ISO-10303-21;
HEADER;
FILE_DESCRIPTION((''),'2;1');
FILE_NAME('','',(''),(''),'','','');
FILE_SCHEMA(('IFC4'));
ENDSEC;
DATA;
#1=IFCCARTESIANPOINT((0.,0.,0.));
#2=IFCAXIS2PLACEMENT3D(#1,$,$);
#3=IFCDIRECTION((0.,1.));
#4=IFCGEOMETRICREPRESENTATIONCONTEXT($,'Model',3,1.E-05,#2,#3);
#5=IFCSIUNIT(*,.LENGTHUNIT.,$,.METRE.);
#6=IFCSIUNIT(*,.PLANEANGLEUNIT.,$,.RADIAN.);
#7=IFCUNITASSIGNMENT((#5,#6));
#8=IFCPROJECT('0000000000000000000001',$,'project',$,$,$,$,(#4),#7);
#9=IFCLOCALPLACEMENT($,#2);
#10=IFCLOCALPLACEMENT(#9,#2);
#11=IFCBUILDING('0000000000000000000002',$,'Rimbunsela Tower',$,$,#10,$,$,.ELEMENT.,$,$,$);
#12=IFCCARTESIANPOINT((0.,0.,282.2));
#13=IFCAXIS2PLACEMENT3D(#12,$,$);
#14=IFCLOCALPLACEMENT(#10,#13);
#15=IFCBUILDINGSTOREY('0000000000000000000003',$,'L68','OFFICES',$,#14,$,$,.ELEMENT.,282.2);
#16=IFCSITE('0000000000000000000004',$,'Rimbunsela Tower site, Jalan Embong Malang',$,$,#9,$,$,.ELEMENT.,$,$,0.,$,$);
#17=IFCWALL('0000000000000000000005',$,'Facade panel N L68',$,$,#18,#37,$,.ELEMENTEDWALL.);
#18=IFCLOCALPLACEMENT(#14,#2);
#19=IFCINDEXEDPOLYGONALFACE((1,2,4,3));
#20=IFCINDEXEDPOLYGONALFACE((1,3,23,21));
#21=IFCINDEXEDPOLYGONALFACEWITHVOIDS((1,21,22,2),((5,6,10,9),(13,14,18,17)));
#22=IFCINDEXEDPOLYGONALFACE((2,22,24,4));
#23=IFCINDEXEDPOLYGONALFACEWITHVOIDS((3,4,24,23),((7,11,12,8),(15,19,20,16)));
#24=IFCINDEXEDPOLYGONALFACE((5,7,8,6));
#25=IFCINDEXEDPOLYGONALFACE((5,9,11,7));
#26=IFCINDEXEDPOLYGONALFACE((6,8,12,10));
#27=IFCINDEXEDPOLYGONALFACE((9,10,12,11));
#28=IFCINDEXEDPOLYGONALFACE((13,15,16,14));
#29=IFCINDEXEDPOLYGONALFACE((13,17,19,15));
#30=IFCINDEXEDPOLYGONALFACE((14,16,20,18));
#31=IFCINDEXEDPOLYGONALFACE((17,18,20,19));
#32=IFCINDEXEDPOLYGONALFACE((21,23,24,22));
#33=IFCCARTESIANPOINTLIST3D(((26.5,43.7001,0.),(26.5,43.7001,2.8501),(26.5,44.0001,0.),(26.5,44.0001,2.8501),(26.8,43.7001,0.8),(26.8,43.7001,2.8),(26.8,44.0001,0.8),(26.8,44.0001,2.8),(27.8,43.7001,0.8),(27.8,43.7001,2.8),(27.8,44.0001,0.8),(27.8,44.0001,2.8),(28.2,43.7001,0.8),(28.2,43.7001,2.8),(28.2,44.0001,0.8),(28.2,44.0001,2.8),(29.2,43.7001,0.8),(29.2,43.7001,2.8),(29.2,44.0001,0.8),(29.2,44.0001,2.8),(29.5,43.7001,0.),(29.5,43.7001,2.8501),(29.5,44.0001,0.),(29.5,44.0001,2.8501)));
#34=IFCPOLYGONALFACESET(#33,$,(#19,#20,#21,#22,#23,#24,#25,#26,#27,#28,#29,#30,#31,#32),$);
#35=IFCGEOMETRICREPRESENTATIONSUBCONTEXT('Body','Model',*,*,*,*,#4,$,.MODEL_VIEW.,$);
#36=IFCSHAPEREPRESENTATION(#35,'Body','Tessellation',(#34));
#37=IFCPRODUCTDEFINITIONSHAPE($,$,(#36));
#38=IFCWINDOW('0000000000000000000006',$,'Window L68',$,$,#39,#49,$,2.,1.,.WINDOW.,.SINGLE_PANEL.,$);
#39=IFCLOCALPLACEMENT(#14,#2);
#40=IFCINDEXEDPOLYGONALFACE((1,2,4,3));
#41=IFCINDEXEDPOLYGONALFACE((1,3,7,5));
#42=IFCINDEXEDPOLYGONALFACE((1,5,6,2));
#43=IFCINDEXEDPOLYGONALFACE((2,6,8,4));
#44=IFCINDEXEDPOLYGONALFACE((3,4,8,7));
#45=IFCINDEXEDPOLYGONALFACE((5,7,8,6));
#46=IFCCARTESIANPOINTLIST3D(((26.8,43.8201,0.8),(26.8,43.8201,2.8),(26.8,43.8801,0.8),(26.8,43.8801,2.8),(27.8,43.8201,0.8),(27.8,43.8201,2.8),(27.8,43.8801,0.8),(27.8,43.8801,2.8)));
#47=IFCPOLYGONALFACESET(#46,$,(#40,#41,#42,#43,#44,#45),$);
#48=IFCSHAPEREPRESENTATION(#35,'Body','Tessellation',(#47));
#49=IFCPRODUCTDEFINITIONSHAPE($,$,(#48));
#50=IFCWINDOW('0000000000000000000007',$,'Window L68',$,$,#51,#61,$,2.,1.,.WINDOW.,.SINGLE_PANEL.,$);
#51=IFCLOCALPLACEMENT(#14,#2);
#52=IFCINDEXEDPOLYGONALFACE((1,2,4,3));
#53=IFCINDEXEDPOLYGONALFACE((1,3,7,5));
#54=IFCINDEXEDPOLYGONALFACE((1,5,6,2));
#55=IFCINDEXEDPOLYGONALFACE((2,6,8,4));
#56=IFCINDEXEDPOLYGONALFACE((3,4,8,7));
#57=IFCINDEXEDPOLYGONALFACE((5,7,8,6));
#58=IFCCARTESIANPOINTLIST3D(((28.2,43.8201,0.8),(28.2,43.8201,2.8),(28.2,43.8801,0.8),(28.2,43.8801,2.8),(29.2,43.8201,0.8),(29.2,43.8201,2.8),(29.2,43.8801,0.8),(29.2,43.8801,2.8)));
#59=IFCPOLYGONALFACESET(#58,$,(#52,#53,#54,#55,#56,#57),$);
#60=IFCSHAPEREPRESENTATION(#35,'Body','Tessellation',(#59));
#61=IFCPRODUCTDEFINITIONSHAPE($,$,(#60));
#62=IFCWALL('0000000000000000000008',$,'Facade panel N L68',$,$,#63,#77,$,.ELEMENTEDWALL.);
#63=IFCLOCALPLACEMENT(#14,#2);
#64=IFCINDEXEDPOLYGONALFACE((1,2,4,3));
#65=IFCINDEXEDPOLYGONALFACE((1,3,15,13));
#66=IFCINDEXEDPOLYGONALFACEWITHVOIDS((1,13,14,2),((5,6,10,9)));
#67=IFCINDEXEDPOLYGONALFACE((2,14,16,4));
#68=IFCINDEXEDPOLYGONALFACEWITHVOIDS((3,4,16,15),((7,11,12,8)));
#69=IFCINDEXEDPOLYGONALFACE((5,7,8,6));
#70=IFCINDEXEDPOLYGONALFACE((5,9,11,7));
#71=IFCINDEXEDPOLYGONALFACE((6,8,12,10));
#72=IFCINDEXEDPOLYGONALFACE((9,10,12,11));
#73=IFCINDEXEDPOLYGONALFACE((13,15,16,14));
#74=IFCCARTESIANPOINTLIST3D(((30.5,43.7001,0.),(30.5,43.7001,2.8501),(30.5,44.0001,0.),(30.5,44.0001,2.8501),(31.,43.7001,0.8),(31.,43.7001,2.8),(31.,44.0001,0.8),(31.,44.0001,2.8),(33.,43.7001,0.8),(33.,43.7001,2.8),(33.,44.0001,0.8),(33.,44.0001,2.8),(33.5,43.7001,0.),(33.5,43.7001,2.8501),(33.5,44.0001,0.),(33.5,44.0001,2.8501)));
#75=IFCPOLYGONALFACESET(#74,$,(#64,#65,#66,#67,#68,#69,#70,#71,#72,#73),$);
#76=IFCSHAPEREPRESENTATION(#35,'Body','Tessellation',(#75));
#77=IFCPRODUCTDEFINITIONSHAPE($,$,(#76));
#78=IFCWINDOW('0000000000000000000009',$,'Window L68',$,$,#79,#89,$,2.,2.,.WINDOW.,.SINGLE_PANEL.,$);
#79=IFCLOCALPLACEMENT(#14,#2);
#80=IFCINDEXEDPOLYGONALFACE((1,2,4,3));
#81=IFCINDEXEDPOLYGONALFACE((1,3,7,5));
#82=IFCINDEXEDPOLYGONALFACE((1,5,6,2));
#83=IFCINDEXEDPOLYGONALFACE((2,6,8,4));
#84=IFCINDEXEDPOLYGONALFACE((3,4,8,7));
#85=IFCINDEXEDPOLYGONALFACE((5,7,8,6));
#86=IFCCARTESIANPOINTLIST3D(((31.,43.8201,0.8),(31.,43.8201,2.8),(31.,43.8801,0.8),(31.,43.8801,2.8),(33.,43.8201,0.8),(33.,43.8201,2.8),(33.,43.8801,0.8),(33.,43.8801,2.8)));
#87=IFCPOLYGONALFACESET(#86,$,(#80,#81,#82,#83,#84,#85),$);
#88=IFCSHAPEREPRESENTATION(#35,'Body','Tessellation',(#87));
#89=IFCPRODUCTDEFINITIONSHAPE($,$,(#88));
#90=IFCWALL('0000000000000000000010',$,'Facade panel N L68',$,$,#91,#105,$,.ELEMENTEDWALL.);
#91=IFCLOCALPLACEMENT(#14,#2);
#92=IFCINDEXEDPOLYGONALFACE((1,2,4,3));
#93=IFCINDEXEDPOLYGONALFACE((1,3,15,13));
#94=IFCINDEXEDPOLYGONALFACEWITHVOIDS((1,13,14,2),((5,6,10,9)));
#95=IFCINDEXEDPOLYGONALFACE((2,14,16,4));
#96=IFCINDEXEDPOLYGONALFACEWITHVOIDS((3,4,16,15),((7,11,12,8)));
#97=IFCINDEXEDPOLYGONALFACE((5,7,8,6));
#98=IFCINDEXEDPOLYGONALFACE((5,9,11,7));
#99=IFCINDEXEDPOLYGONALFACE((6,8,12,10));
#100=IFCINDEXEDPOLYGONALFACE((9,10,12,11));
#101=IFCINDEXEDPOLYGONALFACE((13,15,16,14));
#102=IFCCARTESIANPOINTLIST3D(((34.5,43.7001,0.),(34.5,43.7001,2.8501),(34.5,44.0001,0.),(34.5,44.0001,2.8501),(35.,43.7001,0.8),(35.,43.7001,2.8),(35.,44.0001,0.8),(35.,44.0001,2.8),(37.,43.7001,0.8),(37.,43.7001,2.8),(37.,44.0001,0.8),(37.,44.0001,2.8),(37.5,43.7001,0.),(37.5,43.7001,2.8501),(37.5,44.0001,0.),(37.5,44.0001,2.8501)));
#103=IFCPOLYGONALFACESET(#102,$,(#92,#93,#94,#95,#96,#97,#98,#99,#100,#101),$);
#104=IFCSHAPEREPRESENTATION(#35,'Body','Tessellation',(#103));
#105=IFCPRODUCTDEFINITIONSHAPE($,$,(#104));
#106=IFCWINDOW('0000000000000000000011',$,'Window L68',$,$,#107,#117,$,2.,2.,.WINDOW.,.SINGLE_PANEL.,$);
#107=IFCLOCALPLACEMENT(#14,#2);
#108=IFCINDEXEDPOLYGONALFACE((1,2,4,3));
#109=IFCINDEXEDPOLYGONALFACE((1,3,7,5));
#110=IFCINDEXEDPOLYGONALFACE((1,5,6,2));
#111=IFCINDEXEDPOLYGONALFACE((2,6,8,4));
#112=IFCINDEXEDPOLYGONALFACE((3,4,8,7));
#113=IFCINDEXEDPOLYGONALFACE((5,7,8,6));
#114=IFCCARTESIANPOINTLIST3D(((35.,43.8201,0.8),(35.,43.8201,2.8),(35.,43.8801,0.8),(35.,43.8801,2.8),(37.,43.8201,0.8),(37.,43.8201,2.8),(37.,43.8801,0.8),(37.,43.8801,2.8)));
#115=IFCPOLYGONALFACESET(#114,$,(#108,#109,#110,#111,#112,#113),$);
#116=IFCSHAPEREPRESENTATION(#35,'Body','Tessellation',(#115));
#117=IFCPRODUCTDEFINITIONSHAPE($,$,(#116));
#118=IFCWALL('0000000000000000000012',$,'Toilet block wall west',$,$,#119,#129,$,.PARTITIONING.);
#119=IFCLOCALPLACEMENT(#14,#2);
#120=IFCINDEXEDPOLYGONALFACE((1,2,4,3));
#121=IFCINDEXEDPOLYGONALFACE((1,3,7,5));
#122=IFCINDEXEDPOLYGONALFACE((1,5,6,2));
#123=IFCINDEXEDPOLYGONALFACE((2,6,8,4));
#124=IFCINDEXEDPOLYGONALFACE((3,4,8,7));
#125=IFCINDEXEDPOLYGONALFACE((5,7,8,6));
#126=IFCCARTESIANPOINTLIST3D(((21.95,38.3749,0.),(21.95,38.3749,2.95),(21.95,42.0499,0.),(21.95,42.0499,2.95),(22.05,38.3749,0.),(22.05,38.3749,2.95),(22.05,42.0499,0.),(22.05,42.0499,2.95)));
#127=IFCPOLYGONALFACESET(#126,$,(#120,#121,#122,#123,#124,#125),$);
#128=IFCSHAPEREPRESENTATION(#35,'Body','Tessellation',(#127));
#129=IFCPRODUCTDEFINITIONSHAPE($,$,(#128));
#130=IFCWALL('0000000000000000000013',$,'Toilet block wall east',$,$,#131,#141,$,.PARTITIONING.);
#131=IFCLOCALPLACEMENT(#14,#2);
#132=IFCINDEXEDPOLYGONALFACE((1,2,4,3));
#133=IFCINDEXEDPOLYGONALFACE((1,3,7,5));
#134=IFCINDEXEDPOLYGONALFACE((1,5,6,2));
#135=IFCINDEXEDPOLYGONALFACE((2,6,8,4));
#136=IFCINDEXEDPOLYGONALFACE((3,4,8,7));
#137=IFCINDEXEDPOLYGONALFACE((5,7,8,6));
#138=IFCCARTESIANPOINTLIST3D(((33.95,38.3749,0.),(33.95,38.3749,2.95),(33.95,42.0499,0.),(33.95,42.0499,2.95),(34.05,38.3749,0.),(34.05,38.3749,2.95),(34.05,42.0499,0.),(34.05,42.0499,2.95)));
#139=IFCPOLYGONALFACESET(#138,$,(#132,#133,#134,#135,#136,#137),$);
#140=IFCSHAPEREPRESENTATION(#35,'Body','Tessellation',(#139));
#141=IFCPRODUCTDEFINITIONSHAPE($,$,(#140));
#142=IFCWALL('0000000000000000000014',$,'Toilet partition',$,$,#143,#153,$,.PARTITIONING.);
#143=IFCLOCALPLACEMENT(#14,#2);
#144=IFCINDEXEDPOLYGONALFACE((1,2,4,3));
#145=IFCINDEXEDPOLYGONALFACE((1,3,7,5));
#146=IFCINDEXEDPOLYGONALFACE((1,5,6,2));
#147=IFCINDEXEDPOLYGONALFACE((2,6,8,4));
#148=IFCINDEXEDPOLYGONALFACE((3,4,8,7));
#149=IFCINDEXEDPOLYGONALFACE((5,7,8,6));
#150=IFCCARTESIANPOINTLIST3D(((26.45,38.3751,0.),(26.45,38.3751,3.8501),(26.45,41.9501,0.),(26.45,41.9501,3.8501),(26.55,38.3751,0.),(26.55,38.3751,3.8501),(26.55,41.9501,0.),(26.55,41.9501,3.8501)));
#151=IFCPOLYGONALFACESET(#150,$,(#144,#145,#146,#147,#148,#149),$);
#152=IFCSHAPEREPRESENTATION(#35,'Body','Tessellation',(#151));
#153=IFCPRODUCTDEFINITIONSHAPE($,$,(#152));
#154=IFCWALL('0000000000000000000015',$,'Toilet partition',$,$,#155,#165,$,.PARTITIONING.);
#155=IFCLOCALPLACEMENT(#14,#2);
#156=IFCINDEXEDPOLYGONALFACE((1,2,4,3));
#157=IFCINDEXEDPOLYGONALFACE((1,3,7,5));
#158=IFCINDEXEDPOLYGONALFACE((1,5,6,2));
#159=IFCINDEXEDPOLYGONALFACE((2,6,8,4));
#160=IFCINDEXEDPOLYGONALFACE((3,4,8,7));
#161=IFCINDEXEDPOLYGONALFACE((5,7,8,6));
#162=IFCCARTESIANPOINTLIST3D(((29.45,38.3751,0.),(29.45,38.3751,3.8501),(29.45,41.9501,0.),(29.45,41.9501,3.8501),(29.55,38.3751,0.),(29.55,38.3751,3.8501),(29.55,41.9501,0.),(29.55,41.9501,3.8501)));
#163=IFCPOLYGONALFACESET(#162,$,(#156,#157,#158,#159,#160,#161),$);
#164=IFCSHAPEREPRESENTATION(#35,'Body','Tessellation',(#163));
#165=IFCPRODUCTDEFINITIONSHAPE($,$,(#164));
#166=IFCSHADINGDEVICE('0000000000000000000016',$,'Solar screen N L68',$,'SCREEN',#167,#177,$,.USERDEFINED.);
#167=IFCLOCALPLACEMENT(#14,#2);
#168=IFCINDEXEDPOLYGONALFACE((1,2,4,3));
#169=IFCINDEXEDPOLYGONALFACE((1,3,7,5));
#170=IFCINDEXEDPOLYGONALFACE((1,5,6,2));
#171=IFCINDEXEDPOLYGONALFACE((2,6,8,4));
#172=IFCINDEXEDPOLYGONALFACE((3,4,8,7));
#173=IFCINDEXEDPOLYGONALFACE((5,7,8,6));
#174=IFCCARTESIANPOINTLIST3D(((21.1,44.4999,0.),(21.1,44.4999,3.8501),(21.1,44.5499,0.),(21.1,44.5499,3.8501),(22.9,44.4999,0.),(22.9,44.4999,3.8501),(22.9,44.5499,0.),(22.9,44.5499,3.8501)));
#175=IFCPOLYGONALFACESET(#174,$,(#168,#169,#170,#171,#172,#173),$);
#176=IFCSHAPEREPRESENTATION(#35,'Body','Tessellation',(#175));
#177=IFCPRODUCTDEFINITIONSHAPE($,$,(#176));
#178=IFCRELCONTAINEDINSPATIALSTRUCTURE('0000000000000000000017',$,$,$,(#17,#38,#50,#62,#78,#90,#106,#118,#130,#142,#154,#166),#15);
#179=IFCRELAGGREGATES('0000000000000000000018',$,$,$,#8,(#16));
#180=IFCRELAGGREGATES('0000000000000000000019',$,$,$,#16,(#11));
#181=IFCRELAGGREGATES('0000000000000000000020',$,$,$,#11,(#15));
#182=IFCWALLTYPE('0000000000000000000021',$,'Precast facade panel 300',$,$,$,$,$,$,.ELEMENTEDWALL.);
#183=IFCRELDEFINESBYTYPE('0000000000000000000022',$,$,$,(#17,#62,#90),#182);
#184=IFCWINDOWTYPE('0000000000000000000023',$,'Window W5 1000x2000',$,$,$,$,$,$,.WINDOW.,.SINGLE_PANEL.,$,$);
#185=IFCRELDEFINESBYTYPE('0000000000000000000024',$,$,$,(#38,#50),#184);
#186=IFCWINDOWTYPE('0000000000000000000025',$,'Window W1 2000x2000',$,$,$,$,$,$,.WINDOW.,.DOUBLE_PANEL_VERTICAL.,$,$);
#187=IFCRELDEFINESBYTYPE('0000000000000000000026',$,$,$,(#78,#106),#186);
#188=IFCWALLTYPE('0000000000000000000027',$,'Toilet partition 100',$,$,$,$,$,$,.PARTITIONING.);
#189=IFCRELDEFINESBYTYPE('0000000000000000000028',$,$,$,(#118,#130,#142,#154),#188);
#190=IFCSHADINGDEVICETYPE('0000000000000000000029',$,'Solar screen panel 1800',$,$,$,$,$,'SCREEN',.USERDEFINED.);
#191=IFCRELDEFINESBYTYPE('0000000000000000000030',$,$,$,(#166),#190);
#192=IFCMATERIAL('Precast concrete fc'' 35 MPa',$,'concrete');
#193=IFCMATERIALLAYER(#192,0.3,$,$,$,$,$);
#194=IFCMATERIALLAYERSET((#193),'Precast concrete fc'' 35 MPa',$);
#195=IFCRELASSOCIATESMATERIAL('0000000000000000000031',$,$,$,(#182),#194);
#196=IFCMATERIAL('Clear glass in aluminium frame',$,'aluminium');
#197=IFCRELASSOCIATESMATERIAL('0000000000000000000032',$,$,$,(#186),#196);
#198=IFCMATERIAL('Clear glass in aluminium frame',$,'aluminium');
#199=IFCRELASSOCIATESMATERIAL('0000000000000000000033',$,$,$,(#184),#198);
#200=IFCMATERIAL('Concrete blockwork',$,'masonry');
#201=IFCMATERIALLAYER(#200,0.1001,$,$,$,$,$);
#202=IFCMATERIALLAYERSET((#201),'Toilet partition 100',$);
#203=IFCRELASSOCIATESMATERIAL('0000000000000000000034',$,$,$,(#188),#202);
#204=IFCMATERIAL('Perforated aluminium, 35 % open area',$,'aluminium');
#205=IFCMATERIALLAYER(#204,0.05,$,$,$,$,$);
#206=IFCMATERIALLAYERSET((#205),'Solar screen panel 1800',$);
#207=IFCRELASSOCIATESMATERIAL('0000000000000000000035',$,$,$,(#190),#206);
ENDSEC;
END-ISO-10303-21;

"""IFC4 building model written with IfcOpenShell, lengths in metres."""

from ifc_helpers import new_model, si_unit, direction, frame, frame_2d, origin, origin_2d, place, context, subcontext, project, spatial, rectangle, extrude, material, layer, layer_set, type_object, element, fill, save


model = new_model("IFC4")

# Units and contexts
model_context = context("Model", 3, precision=1e-05, world=origin(), true_north=direction((0.0, 1.0)))
body_context = subcontext(model_context, "Body", "Model", "MODEL_VIEW")
ifc_project = project(units=[si_unit("LENGTHUNIT", "METRE"), si_unit("PLANEANGLEUNIT", "RADIAN")], contexts=[model_context])

# Site, building, storey
site_placement = place(None, origin())
site = spatial("IfcSite", under=ifc_project, at=site_placement, Name="Rimbunsela Tower site, Jalan Embong Malang", CompositionType="ELEMENT", RefElevation=0.0)
building_placement = place(site_placement, origin())
building = spatial("IfcBuilding", under=site, at=building_placement, Name="Rimbunsela Tower", CompositionType="ELEMENT")
storey_placement = place(building_placement, frame((0.0, 0.0, 282.2)))
storey = spatial("IfcBuildingStorey", under=building, at=storey_placement, Name="L68", Description="OFFICES", CompositionType="ELEMENT", Elevation=282.2)

# Shared definitions
ifc_material_1 = material(Name="Precast concrete fc' 35 MPa", Category="concrete")
ifc_layer_1 = layer(ifc_material_1, 0.3)
ifc_layer_set_1 = layer_set([ifc_layer_1], Name="Precast concrete fc' 35 MPa")
wall_type_1 = type_object("IfcWallType", Name="Precast facade panel 300", PredefinedType="ELEMENTEDWALL", material=ifc_layer_set_1)
ifc_material_2 = material(Name="Clear glass in aluminium frame", Category="aluminium")
window_type_1 = type_object("IfcWindowType", Name="Window W1 2000x2000", PartitioningType="DOUBLE_PANEL_VERTICAL", PredefinedType="WINDOW", material=ifc_material_2)

# Wall, openings, windows
wall_1_placement = place(storey_placement, frame((29.5, 43.8501, 0.0), z_axis=(0.0, 0.0, 1.0), x_axis=(-1.0, 0.0, 0.0)))
wall_1 = element("IfcWall", 1, at=wall_1_placement, inside=storey, type_object=wall_type_1, Name="Facade panel N L68", PredefinedType="ELEMENTEDWALL", context=body_context, shape_type="SweptSolid", body=[
    extrude(rectangle(XDim=3.0, YDim=0.3, at=frame_2d((1.5, 0.0))), origin(), (0.0, 0.0, 1.0), 2.8501),
])
opening_1_placement = place(wall_1_placement, frame((1.7, 0.0, 0.8)))
opening_1 = element("IfcOpeningElement", 2, at=opening_1_placement, cuts=wall_1, PredefinedType="OPENING", context=body_context, shape_type="SweptSolid", body=[
    extrude(rectangle(XDim=1.0, YDim=2.0, at=frame_2d((0.5, 1.0))), frame((0.0, 0.1599, 0.0), z_axis=(0.0, -1.0, 0.0), x_axis=(1.0, 0.0, 0.0)), (0.0, 0.0, 1.0), 0.3201),
])
opening_2_placement = place(wall_1_placement, frame((0.3, 0.0, 0.8)))
opening_2 = element("IfcOpeningElement", 3, at=opening_2_placement, cuts=wall_1, PredefinedType="OPENING", context=body_context, shape_type="SweptSolid", body=[
    extrude(rectangle(XDim=1.0, YDim=2.0, at=frame_2d((0.5, 1.0))), frame((0.0, 0.1599, 0.0), z_axis=(0.0, -1.0, 0.0), x_axis=(1.0, 0.0, 0.0)), (0.0, 0.0, 1.0), 0.3201),
])
ifc_material_3 = material(Name="Clear glass in aluminium frame", Category="aluminium")
window_type_2 = type_object("IfcWindowType", Name="Window W5 1000x2000", PartitioningType="SINGLE_PANEL", PredefinedType="WINDOW", material=ifc_material_3)
window_1_placement = place(opening_1_placement, origin())
window_1 = element("IfcWindow", 4, at=window_1_placement, inside=storey, type_object=window_type_2, Name="Window L68", OverallHeight=2.0, OverallWidth=1.0, PartitioningType="SINGLE_PANEL", PredefinedType="WINDOW", context=body_context, shape_type="SweptSolid", body=[
    extrude(rectangle(XDim=1.0, YDim=2.0, at=frame_2d((0.5, 1.0))), frame((0.0, 0.03, 0.0), z_axis=(0.0, -1.0, 0.0), x_axis=(1.0, 0.0, 0.0)), (0.0, 0.0, 1.0), 0.0601),
])
fill(opening_1, window_1)
window_2_placement = place(opening_2_placement, origin())
window_2 = element("IfcWindow", 5, at=window_2_placement, inside=storey, type_object=window_type_2, Name="Window L68", OverallHeight=2.0, OverallWidth=1.0, PartitioningType="SINGLE_PANEL", PredefinedType="WINDOW", context=body_context, shape_type="SweptSolid", body=[
    extrude(rectangle(XDim=1.0, YDim=2.0, at=frame_2d((0.5, 1.0))), frame((0.0, 0.03, 0.0), z_axis=(0.0, -1.0, 0.0), x_axis=(1.0, 0.0, 0.0)), (0.0, 0.0, 1.0), 0.0601),
])
fill(opening_2, window_2)

# Walls, openings, windows
wall_2_placement = place(storey_placement, frame((33.5, 43.8501, 0.0), z_axis=(0.0, 0.0, 1.0), x_axis=(-1.0, 0.0, 0.0)))
wall_2 = element("IfcWall", 6, at=wall_2_placement, inside=storey, type_object=wall_type_1, Name="Facade panel N L68", PredefinedType="ELEMENTEDWALL", context=body_context, shape_type="SweptSolid", body=[
    extrude(rectangle(XDim=3.0, YDim=0.3, at=frame_2d((1.5, 0.0))), origin(), (0.0, 0.0, 1.0), 2.8501),
])
opening_3_placement = place(wall_2_placement, frame((0.5, 0.0, 0.8)))
opening_3 = element("IfcOpeningElement", 7, at=opening_3_placement, cuts=wall_2, PredefinedType="OPENING", context=body_context, shape_type="SweptSolid", body=[
    extrude(rectangle(XDim=2.0, YDim=2.0, at=frame_2d((1.0, 1.0))), frame((0.0, 0.1599, 0.0), z_axis=(0.0, -1.0, 0.0), x_axis=(1.0, 0.0, 0.0)), (0.0, 0.0, 1.0), 0.3201),
])
window_3_placement = place(opening_3_placement, origin())
window_3 = element("IfcWindow", 8, at=window_3_placement, inside=storey, type_object=window_type_1, Name="Window L68", OverallHeight=2.0, OverallWidth=2.0, PartitioningType="SINGLE_PANEL", PredefinedType="WINDOW", context=body_context, shape_type="SweptSolid", body=[
    extrude(rectangle(XDim=2.0, YDim=2.0, at=frame_2d((1.0, 1.0))), frame((0.0, 0.03, 0.0), z_axis=(0.0, -1.0, 0.0), x_axis=(1.0, 0.0, 0.0)), (0.0, 0.0, 1.0), 0.0601),
])
fill(opening_3, window_3)
wall_3_placement = place(storey_placement, frame((37.5, 43.8501, 0.0), z_axis=(0.0, 0.0, 1.0), x_axis=(-1.0, 0.0, 0.0)))
wall_3 = element("IfcWall", 9, at=wall_3_placement, inside=storey, type_object=wall_type_1, Name="Facade panel N L68", PredefinedType="ELEMENTEDWALL", context=body_context, shape_type="SweptSolid", body=[
    extrude(rectangle(XDim=3.0, YDim=0.3, at=frame_2d((1.5, 0.0))), origin(), (0.0, 0.0, 1.0), 2.8501),
])
opening_4_placement = place(wall_3_placement, frame((0.5, 0.0, 0.8)))
opening_4 = element("IfcOpeningElement", 10, at=opening_4_placement, cuts=wall_3, PredefinedType="OPENING", context=body_context, shape_type="SweptSolid", body=[
    extrude(rectangle(XDim=2.0, YDim=2.0, at=frame_2d((1.0, 1.0))), frame((0.0, 0.1599, 0.0), z_axis=(0.0, -1.0, 0.0), x_axis=(1.0, 0.0, 0.0)), (0.0, 0.0, 1.0), 0.3201),
])
window_4_placement = place(opening_4_placement, origin())
window_4 = element("IfcWindow", 11, at=window_4_placement, inside=storey, type_object=window_type_1, Name="Window L68", OverallHeight=2.0, OverallWidth=2.0, PartitioningType="SINGLE_PANEL", PredefinedType="WINDOW", context=body_context, shape_type="SweptSolid", body=[
    extrude(rectangle(XDim=2.0, YDim=2.0, at=frame_2d((1.0, 1.0))), frame((0.0, 0.03, 0.0), z_axis=(0.0, -1.0, 0.0), x_axis=(1.0, 0.0, 0.0)), (0.0, 0.0, 1.0), 0.0601),
])
fill(opening_4, window_4)

# Walls
ifc_material_4 = material(Name="Concrete blockwork", Category="masonry")
ifc_layer_2 = layer(ifc_material_4, 0.1001)
ifc_layer_set_2 = layer_set([ifc_layer_2], Name="Toilet partition 100")
wall_type_2 = type_object("IfcWallType", Name="Toilet partition 100", PredefinedType="PARTITIONING", material=ifc_layer_set_2)
for number, where, z_axis, x_axis, name in (
    (12, (22.0, 38.375, 0.0), (0.0, 0.0, 1.0), (0.0, 1.0, 0.0), "Toilet block wall west"),
    (13, (34.0, 38.375, 0.0), (0.0, 0.0, 1.0), (0.0, 1.0, 0.0), "Toilet block wall east"),
):
    element("IfcWall", number, at=place(storey_placement, frame(where, z_axis=z_axis, x_axis=x_axis)), inside=storey, type_object=wall_type_2, Name=name, PredefinedType="PARTITIONING", context=body_context, shape_type="SweptSolid", body=[
        extrude(rectangle(XDim=3.675, YDim=0.1001, at=frame_2d((1.8374, 0.0))), origin(), (0.0, 0.0, 1.0), 2.95),
    ])
for number, where, z_axis, x_axis, name in (
    (14, (26.5, 38.375, 0.0), (0.0, 0.0, 1.0), (0.0, 1.0, 0.0), "Toilet partition"),
    (15, (29.5, 38.375, 0.0), (0.0, 0.0, 1.0), (0.0, 1.0, 0.0), "Toilet partition"),
):
    element("IfcWall", number, at=place(storey_placement, frame(where, z_axis=z_axis, x_axis=x_axis)), inside=storey, type_object=wall_type_2, Name=name, PredefinedType="PARTITIONING", context=body_context, shape_type="SweptSolid", body=[
        extrude(rectangle(XDim=3.575, YDim=0.1001, at=frame_2d((1.7876, 0.0))), origin(), (0.0, 0.0, 1.0), 3.8501),
    ])

# Shading device
ifc_material_5 = material(Name="Perforated aluminium, 35 % open area", Category="aluminium")
ifc_layer_3 = layer(ifc_material_5, 0.05)
ifc_layer_set_3 = layer_set([ifc_layer_3], Name="Solar screen panel 1800")
shading_device_type = type_object("IfcShadingDeviceType", Name="Solar screen panel 1800", ElementType="SCREEN", PredefinedType="USERDEFINED", material=ifc_layer_set_3)
for number, where, z_axis, x_axis, name in (
    (16, (22.0, 44.5249, 0.0), (0.0, 0.0, 1.0), (1.0, 0.0, 0.0), "Solar screen N L68"),
):
    element("IfcShadingDevice", number, at=place(storey_placement, frame(where, z_axis=z_axis, x_axis=x_axis)), inside=storey, type_object=shading_device_type, Name=name, ObjectType="SCREEN", PredefinedType="USERDEFINED", context=body_context, shape_type="SweptSolid", body=[
        extrude(rectangle(XDim=1.8, YDim=0.05, at=origin_2d()), origin(), (0.0, 0.0, 1.0), 3.8501),
    ])

save(model, "model.ifc")
